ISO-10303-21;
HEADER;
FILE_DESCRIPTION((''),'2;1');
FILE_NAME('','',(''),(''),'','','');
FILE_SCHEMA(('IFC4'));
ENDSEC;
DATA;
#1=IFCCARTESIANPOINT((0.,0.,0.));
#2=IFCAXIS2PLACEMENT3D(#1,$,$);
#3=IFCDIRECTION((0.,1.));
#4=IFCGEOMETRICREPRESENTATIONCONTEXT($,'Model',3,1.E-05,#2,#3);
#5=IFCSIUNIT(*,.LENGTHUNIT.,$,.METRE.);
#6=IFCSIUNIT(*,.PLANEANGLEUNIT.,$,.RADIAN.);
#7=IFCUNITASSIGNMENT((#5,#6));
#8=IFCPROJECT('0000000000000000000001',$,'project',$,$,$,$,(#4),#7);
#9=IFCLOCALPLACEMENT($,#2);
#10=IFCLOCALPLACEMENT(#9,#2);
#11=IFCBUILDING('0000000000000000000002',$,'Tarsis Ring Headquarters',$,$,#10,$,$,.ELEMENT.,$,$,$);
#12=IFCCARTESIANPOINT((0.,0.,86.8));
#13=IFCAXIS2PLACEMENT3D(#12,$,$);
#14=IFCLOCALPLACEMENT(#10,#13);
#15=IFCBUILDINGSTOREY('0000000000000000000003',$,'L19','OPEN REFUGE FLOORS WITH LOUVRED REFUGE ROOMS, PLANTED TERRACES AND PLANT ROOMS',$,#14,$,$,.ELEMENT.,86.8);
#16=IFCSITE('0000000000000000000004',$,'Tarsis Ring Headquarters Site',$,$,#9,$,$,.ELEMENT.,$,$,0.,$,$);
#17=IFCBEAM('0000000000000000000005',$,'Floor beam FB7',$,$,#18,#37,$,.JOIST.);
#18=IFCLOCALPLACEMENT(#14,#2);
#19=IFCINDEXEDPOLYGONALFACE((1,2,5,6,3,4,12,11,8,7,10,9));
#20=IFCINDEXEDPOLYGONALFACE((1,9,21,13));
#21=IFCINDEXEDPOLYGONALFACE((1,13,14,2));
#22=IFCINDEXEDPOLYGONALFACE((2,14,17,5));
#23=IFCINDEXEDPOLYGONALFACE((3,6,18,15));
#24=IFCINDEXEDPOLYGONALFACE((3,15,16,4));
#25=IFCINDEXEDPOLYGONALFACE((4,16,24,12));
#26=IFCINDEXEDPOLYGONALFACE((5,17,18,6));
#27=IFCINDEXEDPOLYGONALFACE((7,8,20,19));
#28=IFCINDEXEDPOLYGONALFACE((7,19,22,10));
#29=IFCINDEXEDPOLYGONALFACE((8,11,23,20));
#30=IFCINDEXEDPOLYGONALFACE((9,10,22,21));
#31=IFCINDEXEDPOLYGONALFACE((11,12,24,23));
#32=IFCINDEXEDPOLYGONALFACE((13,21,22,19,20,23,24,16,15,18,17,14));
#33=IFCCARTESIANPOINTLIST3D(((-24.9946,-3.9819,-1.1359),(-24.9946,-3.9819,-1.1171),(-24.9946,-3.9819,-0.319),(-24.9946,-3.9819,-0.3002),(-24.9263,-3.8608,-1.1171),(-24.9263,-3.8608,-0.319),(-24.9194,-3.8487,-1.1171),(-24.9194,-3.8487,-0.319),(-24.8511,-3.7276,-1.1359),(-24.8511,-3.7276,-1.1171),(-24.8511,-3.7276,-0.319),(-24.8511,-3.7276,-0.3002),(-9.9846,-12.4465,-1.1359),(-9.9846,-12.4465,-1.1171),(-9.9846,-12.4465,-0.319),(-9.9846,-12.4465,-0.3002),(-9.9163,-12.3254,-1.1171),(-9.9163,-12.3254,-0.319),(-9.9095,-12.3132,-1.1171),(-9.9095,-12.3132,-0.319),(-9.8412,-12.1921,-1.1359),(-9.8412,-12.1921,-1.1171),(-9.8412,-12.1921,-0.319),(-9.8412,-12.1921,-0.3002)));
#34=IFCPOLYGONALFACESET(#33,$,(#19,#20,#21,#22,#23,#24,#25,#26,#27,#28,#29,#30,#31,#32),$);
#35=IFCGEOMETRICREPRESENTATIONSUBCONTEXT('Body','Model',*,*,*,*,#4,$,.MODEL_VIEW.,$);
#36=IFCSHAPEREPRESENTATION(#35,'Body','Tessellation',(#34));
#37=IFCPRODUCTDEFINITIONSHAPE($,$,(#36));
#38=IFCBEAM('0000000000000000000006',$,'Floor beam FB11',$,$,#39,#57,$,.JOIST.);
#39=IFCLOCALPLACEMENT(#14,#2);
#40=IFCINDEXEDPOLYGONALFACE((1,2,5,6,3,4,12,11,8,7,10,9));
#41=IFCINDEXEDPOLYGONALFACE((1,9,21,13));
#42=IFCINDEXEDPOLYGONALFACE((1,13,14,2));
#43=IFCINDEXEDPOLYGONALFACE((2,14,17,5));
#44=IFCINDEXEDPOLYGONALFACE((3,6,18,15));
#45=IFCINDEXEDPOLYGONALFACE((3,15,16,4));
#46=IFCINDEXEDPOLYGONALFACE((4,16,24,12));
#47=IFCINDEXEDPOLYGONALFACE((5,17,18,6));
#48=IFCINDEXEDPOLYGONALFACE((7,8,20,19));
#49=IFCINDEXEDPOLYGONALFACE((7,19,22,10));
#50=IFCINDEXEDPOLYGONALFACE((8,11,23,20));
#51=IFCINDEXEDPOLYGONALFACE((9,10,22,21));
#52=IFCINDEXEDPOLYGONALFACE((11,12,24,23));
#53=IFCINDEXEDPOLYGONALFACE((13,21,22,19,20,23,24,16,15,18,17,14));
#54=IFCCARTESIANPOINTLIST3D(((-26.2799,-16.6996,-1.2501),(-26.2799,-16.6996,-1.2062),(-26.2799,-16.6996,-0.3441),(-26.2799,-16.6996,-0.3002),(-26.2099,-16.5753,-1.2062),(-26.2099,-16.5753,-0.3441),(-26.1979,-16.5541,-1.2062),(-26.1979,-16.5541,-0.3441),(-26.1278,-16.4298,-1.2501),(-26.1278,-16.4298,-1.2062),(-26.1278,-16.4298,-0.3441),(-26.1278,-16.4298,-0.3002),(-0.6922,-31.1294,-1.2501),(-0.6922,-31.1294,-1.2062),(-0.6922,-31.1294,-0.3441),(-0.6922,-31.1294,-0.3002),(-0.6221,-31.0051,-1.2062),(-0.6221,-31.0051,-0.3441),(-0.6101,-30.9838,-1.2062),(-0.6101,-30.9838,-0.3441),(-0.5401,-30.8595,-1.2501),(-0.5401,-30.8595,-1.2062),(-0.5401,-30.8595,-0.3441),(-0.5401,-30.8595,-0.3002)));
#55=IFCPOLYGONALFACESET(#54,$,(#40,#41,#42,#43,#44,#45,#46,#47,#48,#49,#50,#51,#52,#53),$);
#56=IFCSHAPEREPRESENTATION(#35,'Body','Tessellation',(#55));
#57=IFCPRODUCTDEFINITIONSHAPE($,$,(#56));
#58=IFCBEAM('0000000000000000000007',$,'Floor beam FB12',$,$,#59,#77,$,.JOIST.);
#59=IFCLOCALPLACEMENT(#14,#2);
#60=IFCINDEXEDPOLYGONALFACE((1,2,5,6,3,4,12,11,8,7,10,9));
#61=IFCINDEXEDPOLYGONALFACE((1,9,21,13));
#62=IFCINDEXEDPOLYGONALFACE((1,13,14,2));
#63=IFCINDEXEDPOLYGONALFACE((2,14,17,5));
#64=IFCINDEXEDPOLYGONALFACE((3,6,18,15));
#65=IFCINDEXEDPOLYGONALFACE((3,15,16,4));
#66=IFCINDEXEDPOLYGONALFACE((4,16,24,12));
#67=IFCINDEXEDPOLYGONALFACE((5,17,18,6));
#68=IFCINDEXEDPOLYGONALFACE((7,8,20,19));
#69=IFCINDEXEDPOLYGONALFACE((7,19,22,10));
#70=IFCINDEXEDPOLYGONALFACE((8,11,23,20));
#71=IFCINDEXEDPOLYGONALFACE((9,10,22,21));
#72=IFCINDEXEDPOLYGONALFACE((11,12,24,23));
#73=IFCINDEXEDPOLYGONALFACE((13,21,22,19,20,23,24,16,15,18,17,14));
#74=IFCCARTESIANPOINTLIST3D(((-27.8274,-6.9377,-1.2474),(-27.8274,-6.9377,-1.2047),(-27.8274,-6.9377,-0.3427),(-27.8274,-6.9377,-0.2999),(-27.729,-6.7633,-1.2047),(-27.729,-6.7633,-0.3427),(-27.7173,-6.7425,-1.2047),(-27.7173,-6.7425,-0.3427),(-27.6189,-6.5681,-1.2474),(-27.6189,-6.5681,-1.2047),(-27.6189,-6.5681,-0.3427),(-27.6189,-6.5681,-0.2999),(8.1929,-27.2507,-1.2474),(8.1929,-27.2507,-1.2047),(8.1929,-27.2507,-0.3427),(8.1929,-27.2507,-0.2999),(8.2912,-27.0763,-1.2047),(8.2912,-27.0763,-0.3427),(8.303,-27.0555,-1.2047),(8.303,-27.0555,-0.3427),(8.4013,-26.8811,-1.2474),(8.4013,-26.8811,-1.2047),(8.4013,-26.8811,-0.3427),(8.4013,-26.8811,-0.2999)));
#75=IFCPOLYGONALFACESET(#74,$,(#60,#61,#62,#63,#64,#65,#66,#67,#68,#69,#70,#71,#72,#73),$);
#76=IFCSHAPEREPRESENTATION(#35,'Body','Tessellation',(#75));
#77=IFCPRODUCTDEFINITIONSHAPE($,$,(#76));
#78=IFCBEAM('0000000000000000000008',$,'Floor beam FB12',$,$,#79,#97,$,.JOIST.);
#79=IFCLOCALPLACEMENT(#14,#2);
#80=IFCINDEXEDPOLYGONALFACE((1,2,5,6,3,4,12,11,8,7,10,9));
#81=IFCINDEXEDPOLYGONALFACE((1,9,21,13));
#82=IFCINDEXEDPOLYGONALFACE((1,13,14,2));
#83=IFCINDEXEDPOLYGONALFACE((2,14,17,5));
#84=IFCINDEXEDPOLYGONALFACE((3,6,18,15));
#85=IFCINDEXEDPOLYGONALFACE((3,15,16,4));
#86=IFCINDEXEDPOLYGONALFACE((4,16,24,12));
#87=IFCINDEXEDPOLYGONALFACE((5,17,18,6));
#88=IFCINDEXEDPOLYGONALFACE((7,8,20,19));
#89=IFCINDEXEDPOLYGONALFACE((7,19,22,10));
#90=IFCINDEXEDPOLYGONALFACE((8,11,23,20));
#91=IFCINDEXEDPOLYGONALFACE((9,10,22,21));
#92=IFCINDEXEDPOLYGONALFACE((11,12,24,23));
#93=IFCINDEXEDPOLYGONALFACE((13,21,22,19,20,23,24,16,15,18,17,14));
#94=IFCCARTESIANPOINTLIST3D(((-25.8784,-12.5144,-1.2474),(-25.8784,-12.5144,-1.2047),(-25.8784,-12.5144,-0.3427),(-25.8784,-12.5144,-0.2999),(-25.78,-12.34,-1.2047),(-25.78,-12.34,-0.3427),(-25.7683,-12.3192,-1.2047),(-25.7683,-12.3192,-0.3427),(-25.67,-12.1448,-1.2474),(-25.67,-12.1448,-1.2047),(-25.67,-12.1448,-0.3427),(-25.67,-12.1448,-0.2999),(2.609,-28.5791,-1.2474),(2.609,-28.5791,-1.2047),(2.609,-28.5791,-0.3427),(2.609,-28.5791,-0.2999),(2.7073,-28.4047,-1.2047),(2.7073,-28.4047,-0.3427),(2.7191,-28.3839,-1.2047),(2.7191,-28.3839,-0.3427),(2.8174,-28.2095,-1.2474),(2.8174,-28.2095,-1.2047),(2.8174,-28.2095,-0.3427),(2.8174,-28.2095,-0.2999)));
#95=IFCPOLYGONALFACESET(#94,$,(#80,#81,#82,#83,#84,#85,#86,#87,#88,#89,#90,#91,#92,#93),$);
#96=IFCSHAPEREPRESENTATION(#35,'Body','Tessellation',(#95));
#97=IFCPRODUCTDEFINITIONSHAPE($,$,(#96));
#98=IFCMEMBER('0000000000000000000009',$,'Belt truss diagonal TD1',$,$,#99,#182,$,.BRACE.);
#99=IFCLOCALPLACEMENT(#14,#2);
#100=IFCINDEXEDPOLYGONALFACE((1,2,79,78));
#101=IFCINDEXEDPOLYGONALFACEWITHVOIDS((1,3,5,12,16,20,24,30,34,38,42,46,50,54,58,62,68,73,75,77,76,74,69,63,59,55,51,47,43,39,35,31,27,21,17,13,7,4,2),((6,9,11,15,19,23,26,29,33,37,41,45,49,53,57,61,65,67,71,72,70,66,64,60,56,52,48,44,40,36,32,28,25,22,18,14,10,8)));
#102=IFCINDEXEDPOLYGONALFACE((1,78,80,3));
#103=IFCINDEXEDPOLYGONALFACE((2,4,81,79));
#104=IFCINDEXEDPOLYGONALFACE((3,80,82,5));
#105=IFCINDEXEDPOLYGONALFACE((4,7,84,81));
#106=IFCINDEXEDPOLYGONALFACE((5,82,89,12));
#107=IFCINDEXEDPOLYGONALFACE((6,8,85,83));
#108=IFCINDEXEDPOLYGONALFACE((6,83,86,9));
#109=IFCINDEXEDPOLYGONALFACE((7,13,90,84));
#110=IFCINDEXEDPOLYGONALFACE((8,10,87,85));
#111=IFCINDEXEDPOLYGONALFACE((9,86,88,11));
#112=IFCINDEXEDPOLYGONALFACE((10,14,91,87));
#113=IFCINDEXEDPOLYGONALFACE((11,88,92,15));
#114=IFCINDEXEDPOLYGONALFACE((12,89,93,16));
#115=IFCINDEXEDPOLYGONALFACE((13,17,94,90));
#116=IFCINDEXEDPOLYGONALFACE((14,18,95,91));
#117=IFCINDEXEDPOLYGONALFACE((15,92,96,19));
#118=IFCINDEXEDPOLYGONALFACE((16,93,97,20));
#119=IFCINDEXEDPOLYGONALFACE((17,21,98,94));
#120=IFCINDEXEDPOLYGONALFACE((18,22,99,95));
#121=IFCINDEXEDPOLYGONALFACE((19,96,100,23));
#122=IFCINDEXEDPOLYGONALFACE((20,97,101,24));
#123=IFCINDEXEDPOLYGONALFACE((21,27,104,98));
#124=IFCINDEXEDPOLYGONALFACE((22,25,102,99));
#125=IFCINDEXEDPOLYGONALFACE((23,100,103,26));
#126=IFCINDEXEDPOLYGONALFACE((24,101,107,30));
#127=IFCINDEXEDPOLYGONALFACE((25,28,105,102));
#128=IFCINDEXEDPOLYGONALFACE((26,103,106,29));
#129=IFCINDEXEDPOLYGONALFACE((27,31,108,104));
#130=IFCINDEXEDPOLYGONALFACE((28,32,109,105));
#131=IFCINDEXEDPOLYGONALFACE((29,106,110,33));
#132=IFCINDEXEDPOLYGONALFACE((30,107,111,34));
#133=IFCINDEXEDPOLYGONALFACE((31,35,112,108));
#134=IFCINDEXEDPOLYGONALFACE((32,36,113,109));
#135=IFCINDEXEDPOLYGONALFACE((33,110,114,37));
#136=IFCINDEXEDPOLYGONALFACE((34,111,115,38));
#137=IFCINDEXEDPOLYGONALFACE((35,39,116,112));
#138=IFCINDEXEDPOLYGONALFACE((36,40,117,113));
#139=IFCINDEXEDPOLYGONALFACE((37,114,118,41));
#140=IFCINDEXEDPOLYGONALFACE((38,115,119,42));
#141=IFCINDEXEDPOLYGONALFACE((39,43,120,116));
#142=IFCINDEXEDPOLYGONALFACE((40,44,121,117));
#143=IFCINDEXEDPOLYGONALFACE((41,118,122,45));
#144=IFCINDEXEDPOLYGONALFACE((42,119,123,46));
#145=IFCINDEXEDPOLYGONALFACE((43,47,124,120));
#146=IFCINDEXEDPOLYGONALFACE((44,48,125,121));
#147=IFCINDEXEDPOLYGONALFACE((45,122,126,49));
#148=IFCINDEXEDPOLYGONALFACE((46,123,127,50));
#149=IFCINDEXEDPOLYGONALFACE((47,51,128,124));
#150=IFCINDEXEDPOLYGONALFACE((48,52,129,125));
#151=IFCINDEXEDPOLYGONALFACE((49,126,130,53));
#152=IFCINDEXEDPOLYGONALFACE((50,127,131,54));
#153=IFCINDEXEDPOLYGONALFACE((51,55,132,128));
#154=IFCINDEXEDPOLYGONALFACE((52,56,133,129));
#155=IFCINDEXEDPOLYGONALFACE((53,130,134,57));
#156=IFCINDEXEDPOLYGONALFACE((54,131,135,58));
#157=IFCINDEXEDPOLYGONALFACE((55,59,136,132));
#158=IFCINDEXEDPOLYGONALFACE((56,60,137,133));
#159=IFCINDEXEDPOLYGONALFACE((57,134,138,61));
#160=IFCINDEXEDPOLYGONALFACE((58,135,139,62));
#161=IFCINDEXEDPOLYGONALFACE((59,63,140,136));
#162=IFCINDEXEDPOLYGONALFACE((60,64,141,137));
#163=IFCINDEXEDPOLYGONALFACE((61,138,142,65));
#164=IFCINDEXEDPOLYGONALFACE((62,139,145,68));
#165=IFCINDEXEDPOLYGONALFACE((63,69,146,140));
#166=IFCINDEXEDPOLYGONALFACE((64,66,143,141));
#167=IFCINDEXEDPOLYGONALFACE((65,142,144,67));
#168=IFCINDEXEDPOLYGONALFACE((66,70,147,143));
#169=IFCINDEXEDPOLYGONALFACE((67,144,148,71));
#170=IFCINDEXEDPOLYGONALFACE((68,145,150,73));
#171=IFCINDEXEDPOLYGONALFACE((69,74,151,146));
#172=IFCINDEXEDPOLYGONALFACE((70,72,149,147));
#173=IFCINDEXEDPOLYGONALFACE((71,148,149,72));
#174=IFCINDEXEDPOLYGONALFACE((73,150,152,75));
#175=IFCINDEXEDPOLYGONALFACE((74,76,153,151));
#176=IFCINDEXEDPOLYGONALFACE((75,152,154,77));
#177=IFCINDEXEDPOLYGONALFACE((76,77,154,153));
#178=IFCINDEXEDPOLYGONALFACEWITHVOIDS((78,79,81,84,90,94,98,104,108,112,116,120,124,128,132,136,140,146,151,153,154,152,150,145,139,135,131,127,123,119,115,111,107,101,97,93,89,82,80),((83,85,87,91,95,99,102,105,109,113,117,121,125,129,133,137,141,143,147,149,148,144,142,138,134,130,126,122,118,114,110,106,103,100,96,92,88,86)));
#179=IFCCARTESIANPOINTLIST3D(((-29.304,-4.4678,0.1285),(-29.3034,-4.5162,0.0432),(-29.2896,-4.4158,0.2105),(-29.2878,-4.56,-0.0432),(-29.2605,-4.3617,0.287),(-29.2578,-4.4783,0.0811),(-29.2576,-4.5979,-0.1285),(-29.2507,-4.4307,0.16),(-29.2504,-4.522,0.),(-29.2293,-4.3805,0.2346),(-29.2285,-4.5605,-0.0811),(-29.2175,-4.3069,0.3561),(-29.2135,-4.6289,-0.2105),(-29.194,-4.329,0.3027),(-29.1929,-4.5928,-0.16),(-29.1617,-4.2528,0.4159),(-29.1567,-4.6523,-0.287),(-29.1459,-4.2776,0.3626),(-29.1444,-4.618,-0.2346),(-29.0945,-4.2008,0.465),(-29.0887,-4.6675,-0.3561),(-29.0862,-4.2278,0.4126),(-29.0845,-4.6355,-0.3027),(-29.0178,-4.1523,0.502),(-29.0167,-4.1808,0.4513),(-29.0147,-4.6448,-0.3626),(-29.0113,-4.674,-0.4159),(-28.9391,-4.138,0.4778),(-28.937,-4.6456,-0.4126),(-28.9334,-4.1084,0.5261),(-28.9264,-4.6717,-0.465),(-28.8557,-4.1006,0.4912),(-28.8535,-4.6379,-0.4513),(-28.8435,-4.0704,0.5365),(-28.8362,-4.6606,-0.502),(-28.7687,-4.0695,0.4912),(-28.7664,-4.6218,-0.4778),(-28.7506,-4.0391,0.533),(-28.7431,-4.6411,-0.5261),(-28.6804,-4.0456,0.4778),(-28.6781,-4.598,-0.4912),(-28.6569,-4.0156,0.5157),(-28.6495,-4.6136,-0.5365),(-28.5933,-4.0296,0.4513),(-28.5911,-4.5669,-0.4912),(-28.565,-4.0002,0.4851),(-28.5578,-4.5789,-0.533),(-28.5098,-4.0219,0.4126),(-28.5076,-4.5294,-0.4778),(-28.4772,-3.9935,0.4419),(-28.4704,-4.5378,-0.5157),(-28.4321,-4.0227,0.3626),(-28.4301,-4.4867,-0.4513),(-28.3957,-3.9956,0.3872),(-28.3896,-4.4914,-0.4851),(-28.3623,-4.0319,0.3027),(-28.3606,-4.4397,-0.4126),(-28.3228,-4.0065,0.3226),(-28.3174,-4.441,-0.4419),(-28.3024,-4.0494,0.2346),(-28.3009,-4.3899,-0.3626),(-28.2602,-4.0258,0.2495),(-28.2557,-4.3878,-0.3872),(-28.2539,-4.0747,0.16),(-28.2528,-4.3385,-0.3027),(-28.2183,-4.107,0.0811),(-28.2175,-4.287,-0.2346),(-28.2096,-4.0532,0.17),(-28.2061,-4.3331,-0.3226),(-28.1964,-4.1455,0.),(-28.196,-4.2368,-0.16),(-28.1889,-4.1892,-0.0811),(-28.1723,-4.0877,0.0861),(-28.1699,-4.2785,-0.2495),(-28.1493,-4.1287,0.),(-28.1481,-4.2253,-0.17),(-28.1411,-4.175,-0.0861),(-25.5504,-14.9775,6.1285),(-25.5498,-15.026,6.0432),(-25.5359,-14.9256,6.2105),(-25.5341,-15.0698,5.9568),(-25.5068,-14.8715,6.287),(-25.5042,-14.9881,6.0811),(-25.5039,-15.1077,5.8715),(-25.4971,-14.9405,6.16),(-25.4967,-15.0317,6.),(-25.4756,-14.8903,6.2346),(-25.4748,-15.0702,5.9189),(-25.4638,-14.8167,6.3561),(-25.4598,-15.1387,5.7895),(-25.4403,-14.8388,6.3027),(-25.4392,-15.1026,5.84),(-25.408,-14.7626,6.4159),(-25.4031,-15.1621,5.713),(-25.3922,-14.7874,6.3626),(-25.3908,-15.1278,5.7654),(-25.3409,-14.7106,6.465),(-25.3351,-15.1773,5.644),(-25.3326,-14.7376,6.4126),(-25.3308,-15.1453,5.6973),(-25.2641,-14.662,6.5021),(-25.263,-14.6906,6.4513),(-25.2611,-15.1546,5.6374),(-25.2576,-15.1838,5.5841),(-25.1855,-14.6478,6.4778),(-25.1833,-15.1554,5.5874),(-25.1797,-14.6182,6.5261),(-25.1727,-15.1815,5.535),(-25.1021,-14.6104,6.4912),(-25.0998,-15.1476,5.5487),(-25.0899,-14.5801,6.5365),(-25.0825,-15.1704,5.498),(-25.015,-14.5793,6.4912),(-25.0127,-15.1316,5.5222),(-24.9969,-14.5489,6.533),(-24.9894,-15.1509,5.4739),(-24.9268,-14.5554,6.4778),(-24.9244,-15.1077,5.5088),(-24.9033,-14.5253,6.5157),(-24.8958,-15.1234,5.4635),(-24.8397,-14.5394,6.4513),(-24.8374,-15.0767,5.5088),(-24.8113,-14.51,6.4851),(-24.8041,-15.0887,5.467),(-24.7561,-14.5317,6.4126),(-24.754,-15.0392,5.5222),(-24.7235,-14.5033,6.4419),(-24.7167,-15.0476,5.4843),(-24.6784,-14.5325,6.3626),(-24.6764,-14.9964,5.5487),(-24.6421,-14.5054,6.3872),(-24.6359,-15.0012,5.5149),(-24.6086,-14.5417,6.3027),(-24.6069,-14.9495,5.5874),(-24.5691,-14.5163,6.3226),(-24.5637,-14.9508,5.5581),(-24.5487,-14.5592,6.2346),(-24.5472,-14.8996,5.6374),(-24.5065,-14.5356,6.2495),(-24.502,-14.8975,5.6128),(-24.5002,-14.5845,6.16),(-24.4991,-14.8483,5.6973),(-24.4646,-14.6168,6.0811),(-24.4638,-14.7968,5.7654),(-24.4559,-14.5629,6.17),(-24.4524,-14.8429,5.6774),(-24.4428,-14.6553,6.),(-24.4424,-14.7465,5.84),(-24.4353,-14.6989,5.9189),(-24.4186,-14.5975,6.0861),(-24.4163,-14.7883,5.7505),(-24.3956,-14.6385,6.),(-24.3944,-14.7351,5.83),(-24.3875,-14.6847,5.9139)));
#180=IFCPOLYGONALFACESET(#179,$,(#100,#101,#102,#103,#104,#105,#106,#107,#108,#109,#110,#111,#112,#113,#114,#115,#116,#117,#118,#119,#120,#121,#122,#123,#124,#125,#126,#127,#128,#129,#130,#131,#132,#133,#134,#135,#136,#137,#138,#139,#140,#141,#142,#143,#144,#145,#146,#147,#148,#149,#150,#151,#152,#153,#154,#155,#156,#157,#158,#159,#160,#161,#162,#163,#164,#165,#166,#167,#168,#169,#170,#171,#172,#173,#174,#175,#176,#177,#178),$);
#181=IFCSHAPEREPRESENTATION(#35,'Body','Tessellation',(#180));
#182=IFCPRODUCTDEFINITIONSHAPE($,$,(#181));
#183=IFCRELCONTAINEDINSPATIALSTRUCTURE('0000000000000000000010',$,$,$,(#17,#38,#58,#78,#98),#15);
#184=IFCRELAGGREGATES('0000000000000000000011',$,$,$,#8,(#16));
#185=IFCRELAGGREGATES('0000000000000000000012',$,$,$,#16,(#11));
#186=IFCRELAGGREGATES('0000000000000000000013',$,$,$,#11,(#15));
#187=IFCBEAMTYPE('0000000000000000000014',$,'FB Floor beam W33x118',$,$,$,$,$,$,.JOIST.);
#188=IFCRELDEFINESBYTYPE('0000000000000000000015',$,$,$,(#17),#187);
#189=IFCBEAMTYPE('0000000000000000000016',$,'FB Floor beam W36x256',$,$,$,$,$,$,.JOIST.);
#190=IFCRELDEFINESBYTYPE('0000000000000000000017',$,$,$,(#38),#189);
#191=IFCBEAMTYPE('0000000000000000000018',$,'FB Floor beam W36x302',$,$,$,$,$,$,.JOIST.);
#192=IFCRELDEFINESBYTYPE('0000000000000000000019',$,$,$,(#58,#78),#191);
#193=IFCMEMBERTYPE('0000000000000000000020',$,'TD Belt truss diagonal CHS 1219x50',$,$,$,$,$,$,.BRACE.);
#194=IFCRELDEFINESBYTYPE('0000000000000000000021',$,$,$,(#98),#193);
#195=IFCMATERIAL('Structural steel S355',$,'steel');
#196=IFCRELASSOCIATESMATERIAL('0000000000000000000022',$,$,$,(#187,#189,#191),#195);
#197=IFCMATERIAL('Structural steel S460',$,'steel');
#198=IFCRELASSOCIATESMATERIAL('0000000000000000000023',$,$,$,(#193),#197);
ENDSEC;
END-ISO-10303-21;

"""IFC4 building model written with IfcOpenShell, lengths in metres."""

from ifc_helpers import new_model, si_unit, direction, frame, origin, origin_2d, place, context, subcontext, project, spatial, hollow_circle, i_section, extrude, material, material_profile, profile_set, type_object, element, save


model = new_model("IFC4")

# Units and contexts
model_context = context("Model", 3, precision=1e-05, world=origin(), true_north=direction((0.0, 1.0)))
body_context = subcontext(model_context, "Body", "Model", "MODEL_VIEW")
ifc_project = project(units=[si_unit("LENGTHUNIT", "METRE"), si_unit("PLANEANGLEUNIT", "RADIAN")], contexts=[model_context])

# Site, building, storey
site_placement = place(None, origin())
site = spatial("IfcSite", under=ifc_project, at=site_placement, Name="Tarsis Ring Headquarters Site", CompositionType="ELEMENT", RefElevation=0.0)
building_placement = place(site_placement, origin())
building = spatial("IfcBuilding", under=site, at=building_placement, Name="Tarsis Ring Headquarters", CompositionType="ELEMENT")
storey_placement = place(building_placement, frame((0.0, 0.0, 86.8)))
storey = spatial("IfcBuildingStorey", under=building, at=storey_placement, Name="L19", Description="OPEN REFUGE FLOORS WITH LOUVRED REFUGE ROOMS, PLANTED TERRACES AND PLANT ROOMS", CompositionType="ELEMENT", Elevation=86.8)

# Shared definitions
ifc_material_1 = material(Name="Structural steel S460", Category="steel")
ifc_material_profile_1 = material_profile(ifc_material_1, hollow_circle(Radius=0.6096, WallThickness=0.05, at=origin_2d()), Name="CHS 1219x50")
ifc_profile_set_1 = profile_set([ifc_material_profile_1], Name="Structural steel S460")

# Beams
ifc_material_2 = material(Name="Structural steel S355", Category="steel")
ifc_material_profile_2 = material_profile(ifc_material_2, i_section(OverallWidth=0.292, OverallDepth=0.8357, WebThickness=0.0139, FlangeThickness=0.0188, at=origin_2d()), Name="W33x118")
ifc_profile_set_2 = profile_set([ifc_material_profile_2], Name="Structural steel S355")
beam_type_1 = type_object("IfcBeamType", Name="FB Floor beam W33x118", PredefinedType="JOIST", material=ifc_profile_set_2)
beam_1_placement = place(storey_placement, frame((-24.9229, -3.8547, -0.718), z_axis=(0.871043, -0.491207, 0.0), x_axis=(0.491207, 0.871043, 0.0)))
element("IfcBeam", 1, at=beam_1_placement, inside=storey, type_object=beam_type_1, Name="Floor beam FB7", PredefinedType="JOIST", context=body_context, shape_type="SweptSolid", body=[
    extrude(i_section(OverallWidth=0.292, OverallDepth=0.8357, WebThickness=0.0139, FlangeThickness=0.0188, at=origin_2d()), origin(), (0.0, 0.0, 1.0), 17.2322),
])
ifc_material_profile_3 = material_profile(ifc_material_2, i_section(OverallWidth=0.3098, OverallDepth=0.95, WebThickness=0.0244, FlangeThickness=0.0439, at=origin_2d()), Name="W36x256")
ifc_profile_set_3 = profile_set([ifc_material_profile_3], Name="Structural steel S355")
beam_type_2 = type_object("IfcBeamType", Name="FB Floor beam W36x256", PredefinedType="JOIST", material=ifc_profile_set_3)
beam_2_placement = place(storey_placement, frame((-26.2039, -16.5647, -0.7751), z_axis=(0.871042, -0.491208, 0.0), x_axis=(0.491208, 0.871042, 0.0)))
element("IfcBeam", 2, at=beam_2_placement, inside=storey, type_object=beam_type_2, Name="Floor beam FB11", PredefinedType="JOIST", context=body_context, shape_type="SweptSolid", body=[
    extrude(i_section(OverallWidth=0.3098, OverallDepth=0.95, WebThickness=0.0244, FlangeThickness=0.0439, at=origin_2d()), origin(), (0.0, 0.0, 1.0), 29.376),
])
ifc_material_profile_4 = material_profile(ifc_material_2, i_section(OverallWidth=0.4243, OverallDepth=0.9475, WebThickness=0.0239, FlangeThickness=0.0427, at=origin_2d()), Name="W36x302")
ifc_profile_set_4 = profile_set([ifc_material_profile_4], Name="Structural steel S355")
beam_type_3 = type_object("IfcBeamType", Name="FB Floor beam W36x302", PredefinedType="JOIST", material=ifc_profile_set_4)
beam_3_placement = place(storey_placement, frame((-27.7231, -6.7529, -0.7737), z_axis=(0.871042, -0.491209, 0.0), x_axis=(0.491209, 0.871042, 0.0)))
element("IfcBeam", 3, at=beam_3_placement, inside=storey, type_object=beam_type_3, Name="Floor beam FB12", PredefinedType="JOIST", context=body_context, shape_type="SweptSolid", body=[
    extrude(i_section(OverallWidth=0.4243, OverallDepth=0.9475, WebThickness=0.0239, FlangeThickness=0.0427, at=origin_2d()), origin(), (0.0, 0.0, 1.0), 41.353),
])
beam_4_placement = place(storey_placement, frame((-25.7742, -12.3296, -0.7737), z_axis=(0.871045, -0.491204, 0.0), x_axis=(0.491204, 0.871045, 0.0)))
element("IfcBeam", 4, at=beam_4_placement, inside=storey, type_object=beam_type_3, Name="Floor beam FB12", PredefinedType="JOIST", context=body_context, shape_type="SweptSolid", body=[
    extrude(i_section(OverallWidth=0.4243, OverallDepth=0.9475, WebThickness=0.0239, FlangeThickness=0.0427, at=origin_2d()), origin(), (0.0, 0.0, 1.0), 32.7048),
])

# Member
member_type = type_object("IfcMemberType", Name="TD Belt truss diagonal CHS 1219x50", PredefinedType="BRACE", material=ifc_profile_set_1)
member_1_placement = place(storey_placement, frame((-28.7234, -4.3337, 0.0), z_axis=(0.296249, -0.829458, 0.473536), x_axis=(0.941737, 0.33635, 0.0)))
element("IfcMember", 5, at=member_1_placement, inside=storey, type_object=member_type, Name="Belt truss diagonal TD1", PredefinedType="BRACE", context=body_context, shape_type="SweptSolid", body=[
    extrude(hollow_circle(Radius=0.6096, WallThickness=0.05, at=origin_2d()), origin(), (0.0, 0.0, 1.0), 12.6707),
])

save(model, "model.ifc")
